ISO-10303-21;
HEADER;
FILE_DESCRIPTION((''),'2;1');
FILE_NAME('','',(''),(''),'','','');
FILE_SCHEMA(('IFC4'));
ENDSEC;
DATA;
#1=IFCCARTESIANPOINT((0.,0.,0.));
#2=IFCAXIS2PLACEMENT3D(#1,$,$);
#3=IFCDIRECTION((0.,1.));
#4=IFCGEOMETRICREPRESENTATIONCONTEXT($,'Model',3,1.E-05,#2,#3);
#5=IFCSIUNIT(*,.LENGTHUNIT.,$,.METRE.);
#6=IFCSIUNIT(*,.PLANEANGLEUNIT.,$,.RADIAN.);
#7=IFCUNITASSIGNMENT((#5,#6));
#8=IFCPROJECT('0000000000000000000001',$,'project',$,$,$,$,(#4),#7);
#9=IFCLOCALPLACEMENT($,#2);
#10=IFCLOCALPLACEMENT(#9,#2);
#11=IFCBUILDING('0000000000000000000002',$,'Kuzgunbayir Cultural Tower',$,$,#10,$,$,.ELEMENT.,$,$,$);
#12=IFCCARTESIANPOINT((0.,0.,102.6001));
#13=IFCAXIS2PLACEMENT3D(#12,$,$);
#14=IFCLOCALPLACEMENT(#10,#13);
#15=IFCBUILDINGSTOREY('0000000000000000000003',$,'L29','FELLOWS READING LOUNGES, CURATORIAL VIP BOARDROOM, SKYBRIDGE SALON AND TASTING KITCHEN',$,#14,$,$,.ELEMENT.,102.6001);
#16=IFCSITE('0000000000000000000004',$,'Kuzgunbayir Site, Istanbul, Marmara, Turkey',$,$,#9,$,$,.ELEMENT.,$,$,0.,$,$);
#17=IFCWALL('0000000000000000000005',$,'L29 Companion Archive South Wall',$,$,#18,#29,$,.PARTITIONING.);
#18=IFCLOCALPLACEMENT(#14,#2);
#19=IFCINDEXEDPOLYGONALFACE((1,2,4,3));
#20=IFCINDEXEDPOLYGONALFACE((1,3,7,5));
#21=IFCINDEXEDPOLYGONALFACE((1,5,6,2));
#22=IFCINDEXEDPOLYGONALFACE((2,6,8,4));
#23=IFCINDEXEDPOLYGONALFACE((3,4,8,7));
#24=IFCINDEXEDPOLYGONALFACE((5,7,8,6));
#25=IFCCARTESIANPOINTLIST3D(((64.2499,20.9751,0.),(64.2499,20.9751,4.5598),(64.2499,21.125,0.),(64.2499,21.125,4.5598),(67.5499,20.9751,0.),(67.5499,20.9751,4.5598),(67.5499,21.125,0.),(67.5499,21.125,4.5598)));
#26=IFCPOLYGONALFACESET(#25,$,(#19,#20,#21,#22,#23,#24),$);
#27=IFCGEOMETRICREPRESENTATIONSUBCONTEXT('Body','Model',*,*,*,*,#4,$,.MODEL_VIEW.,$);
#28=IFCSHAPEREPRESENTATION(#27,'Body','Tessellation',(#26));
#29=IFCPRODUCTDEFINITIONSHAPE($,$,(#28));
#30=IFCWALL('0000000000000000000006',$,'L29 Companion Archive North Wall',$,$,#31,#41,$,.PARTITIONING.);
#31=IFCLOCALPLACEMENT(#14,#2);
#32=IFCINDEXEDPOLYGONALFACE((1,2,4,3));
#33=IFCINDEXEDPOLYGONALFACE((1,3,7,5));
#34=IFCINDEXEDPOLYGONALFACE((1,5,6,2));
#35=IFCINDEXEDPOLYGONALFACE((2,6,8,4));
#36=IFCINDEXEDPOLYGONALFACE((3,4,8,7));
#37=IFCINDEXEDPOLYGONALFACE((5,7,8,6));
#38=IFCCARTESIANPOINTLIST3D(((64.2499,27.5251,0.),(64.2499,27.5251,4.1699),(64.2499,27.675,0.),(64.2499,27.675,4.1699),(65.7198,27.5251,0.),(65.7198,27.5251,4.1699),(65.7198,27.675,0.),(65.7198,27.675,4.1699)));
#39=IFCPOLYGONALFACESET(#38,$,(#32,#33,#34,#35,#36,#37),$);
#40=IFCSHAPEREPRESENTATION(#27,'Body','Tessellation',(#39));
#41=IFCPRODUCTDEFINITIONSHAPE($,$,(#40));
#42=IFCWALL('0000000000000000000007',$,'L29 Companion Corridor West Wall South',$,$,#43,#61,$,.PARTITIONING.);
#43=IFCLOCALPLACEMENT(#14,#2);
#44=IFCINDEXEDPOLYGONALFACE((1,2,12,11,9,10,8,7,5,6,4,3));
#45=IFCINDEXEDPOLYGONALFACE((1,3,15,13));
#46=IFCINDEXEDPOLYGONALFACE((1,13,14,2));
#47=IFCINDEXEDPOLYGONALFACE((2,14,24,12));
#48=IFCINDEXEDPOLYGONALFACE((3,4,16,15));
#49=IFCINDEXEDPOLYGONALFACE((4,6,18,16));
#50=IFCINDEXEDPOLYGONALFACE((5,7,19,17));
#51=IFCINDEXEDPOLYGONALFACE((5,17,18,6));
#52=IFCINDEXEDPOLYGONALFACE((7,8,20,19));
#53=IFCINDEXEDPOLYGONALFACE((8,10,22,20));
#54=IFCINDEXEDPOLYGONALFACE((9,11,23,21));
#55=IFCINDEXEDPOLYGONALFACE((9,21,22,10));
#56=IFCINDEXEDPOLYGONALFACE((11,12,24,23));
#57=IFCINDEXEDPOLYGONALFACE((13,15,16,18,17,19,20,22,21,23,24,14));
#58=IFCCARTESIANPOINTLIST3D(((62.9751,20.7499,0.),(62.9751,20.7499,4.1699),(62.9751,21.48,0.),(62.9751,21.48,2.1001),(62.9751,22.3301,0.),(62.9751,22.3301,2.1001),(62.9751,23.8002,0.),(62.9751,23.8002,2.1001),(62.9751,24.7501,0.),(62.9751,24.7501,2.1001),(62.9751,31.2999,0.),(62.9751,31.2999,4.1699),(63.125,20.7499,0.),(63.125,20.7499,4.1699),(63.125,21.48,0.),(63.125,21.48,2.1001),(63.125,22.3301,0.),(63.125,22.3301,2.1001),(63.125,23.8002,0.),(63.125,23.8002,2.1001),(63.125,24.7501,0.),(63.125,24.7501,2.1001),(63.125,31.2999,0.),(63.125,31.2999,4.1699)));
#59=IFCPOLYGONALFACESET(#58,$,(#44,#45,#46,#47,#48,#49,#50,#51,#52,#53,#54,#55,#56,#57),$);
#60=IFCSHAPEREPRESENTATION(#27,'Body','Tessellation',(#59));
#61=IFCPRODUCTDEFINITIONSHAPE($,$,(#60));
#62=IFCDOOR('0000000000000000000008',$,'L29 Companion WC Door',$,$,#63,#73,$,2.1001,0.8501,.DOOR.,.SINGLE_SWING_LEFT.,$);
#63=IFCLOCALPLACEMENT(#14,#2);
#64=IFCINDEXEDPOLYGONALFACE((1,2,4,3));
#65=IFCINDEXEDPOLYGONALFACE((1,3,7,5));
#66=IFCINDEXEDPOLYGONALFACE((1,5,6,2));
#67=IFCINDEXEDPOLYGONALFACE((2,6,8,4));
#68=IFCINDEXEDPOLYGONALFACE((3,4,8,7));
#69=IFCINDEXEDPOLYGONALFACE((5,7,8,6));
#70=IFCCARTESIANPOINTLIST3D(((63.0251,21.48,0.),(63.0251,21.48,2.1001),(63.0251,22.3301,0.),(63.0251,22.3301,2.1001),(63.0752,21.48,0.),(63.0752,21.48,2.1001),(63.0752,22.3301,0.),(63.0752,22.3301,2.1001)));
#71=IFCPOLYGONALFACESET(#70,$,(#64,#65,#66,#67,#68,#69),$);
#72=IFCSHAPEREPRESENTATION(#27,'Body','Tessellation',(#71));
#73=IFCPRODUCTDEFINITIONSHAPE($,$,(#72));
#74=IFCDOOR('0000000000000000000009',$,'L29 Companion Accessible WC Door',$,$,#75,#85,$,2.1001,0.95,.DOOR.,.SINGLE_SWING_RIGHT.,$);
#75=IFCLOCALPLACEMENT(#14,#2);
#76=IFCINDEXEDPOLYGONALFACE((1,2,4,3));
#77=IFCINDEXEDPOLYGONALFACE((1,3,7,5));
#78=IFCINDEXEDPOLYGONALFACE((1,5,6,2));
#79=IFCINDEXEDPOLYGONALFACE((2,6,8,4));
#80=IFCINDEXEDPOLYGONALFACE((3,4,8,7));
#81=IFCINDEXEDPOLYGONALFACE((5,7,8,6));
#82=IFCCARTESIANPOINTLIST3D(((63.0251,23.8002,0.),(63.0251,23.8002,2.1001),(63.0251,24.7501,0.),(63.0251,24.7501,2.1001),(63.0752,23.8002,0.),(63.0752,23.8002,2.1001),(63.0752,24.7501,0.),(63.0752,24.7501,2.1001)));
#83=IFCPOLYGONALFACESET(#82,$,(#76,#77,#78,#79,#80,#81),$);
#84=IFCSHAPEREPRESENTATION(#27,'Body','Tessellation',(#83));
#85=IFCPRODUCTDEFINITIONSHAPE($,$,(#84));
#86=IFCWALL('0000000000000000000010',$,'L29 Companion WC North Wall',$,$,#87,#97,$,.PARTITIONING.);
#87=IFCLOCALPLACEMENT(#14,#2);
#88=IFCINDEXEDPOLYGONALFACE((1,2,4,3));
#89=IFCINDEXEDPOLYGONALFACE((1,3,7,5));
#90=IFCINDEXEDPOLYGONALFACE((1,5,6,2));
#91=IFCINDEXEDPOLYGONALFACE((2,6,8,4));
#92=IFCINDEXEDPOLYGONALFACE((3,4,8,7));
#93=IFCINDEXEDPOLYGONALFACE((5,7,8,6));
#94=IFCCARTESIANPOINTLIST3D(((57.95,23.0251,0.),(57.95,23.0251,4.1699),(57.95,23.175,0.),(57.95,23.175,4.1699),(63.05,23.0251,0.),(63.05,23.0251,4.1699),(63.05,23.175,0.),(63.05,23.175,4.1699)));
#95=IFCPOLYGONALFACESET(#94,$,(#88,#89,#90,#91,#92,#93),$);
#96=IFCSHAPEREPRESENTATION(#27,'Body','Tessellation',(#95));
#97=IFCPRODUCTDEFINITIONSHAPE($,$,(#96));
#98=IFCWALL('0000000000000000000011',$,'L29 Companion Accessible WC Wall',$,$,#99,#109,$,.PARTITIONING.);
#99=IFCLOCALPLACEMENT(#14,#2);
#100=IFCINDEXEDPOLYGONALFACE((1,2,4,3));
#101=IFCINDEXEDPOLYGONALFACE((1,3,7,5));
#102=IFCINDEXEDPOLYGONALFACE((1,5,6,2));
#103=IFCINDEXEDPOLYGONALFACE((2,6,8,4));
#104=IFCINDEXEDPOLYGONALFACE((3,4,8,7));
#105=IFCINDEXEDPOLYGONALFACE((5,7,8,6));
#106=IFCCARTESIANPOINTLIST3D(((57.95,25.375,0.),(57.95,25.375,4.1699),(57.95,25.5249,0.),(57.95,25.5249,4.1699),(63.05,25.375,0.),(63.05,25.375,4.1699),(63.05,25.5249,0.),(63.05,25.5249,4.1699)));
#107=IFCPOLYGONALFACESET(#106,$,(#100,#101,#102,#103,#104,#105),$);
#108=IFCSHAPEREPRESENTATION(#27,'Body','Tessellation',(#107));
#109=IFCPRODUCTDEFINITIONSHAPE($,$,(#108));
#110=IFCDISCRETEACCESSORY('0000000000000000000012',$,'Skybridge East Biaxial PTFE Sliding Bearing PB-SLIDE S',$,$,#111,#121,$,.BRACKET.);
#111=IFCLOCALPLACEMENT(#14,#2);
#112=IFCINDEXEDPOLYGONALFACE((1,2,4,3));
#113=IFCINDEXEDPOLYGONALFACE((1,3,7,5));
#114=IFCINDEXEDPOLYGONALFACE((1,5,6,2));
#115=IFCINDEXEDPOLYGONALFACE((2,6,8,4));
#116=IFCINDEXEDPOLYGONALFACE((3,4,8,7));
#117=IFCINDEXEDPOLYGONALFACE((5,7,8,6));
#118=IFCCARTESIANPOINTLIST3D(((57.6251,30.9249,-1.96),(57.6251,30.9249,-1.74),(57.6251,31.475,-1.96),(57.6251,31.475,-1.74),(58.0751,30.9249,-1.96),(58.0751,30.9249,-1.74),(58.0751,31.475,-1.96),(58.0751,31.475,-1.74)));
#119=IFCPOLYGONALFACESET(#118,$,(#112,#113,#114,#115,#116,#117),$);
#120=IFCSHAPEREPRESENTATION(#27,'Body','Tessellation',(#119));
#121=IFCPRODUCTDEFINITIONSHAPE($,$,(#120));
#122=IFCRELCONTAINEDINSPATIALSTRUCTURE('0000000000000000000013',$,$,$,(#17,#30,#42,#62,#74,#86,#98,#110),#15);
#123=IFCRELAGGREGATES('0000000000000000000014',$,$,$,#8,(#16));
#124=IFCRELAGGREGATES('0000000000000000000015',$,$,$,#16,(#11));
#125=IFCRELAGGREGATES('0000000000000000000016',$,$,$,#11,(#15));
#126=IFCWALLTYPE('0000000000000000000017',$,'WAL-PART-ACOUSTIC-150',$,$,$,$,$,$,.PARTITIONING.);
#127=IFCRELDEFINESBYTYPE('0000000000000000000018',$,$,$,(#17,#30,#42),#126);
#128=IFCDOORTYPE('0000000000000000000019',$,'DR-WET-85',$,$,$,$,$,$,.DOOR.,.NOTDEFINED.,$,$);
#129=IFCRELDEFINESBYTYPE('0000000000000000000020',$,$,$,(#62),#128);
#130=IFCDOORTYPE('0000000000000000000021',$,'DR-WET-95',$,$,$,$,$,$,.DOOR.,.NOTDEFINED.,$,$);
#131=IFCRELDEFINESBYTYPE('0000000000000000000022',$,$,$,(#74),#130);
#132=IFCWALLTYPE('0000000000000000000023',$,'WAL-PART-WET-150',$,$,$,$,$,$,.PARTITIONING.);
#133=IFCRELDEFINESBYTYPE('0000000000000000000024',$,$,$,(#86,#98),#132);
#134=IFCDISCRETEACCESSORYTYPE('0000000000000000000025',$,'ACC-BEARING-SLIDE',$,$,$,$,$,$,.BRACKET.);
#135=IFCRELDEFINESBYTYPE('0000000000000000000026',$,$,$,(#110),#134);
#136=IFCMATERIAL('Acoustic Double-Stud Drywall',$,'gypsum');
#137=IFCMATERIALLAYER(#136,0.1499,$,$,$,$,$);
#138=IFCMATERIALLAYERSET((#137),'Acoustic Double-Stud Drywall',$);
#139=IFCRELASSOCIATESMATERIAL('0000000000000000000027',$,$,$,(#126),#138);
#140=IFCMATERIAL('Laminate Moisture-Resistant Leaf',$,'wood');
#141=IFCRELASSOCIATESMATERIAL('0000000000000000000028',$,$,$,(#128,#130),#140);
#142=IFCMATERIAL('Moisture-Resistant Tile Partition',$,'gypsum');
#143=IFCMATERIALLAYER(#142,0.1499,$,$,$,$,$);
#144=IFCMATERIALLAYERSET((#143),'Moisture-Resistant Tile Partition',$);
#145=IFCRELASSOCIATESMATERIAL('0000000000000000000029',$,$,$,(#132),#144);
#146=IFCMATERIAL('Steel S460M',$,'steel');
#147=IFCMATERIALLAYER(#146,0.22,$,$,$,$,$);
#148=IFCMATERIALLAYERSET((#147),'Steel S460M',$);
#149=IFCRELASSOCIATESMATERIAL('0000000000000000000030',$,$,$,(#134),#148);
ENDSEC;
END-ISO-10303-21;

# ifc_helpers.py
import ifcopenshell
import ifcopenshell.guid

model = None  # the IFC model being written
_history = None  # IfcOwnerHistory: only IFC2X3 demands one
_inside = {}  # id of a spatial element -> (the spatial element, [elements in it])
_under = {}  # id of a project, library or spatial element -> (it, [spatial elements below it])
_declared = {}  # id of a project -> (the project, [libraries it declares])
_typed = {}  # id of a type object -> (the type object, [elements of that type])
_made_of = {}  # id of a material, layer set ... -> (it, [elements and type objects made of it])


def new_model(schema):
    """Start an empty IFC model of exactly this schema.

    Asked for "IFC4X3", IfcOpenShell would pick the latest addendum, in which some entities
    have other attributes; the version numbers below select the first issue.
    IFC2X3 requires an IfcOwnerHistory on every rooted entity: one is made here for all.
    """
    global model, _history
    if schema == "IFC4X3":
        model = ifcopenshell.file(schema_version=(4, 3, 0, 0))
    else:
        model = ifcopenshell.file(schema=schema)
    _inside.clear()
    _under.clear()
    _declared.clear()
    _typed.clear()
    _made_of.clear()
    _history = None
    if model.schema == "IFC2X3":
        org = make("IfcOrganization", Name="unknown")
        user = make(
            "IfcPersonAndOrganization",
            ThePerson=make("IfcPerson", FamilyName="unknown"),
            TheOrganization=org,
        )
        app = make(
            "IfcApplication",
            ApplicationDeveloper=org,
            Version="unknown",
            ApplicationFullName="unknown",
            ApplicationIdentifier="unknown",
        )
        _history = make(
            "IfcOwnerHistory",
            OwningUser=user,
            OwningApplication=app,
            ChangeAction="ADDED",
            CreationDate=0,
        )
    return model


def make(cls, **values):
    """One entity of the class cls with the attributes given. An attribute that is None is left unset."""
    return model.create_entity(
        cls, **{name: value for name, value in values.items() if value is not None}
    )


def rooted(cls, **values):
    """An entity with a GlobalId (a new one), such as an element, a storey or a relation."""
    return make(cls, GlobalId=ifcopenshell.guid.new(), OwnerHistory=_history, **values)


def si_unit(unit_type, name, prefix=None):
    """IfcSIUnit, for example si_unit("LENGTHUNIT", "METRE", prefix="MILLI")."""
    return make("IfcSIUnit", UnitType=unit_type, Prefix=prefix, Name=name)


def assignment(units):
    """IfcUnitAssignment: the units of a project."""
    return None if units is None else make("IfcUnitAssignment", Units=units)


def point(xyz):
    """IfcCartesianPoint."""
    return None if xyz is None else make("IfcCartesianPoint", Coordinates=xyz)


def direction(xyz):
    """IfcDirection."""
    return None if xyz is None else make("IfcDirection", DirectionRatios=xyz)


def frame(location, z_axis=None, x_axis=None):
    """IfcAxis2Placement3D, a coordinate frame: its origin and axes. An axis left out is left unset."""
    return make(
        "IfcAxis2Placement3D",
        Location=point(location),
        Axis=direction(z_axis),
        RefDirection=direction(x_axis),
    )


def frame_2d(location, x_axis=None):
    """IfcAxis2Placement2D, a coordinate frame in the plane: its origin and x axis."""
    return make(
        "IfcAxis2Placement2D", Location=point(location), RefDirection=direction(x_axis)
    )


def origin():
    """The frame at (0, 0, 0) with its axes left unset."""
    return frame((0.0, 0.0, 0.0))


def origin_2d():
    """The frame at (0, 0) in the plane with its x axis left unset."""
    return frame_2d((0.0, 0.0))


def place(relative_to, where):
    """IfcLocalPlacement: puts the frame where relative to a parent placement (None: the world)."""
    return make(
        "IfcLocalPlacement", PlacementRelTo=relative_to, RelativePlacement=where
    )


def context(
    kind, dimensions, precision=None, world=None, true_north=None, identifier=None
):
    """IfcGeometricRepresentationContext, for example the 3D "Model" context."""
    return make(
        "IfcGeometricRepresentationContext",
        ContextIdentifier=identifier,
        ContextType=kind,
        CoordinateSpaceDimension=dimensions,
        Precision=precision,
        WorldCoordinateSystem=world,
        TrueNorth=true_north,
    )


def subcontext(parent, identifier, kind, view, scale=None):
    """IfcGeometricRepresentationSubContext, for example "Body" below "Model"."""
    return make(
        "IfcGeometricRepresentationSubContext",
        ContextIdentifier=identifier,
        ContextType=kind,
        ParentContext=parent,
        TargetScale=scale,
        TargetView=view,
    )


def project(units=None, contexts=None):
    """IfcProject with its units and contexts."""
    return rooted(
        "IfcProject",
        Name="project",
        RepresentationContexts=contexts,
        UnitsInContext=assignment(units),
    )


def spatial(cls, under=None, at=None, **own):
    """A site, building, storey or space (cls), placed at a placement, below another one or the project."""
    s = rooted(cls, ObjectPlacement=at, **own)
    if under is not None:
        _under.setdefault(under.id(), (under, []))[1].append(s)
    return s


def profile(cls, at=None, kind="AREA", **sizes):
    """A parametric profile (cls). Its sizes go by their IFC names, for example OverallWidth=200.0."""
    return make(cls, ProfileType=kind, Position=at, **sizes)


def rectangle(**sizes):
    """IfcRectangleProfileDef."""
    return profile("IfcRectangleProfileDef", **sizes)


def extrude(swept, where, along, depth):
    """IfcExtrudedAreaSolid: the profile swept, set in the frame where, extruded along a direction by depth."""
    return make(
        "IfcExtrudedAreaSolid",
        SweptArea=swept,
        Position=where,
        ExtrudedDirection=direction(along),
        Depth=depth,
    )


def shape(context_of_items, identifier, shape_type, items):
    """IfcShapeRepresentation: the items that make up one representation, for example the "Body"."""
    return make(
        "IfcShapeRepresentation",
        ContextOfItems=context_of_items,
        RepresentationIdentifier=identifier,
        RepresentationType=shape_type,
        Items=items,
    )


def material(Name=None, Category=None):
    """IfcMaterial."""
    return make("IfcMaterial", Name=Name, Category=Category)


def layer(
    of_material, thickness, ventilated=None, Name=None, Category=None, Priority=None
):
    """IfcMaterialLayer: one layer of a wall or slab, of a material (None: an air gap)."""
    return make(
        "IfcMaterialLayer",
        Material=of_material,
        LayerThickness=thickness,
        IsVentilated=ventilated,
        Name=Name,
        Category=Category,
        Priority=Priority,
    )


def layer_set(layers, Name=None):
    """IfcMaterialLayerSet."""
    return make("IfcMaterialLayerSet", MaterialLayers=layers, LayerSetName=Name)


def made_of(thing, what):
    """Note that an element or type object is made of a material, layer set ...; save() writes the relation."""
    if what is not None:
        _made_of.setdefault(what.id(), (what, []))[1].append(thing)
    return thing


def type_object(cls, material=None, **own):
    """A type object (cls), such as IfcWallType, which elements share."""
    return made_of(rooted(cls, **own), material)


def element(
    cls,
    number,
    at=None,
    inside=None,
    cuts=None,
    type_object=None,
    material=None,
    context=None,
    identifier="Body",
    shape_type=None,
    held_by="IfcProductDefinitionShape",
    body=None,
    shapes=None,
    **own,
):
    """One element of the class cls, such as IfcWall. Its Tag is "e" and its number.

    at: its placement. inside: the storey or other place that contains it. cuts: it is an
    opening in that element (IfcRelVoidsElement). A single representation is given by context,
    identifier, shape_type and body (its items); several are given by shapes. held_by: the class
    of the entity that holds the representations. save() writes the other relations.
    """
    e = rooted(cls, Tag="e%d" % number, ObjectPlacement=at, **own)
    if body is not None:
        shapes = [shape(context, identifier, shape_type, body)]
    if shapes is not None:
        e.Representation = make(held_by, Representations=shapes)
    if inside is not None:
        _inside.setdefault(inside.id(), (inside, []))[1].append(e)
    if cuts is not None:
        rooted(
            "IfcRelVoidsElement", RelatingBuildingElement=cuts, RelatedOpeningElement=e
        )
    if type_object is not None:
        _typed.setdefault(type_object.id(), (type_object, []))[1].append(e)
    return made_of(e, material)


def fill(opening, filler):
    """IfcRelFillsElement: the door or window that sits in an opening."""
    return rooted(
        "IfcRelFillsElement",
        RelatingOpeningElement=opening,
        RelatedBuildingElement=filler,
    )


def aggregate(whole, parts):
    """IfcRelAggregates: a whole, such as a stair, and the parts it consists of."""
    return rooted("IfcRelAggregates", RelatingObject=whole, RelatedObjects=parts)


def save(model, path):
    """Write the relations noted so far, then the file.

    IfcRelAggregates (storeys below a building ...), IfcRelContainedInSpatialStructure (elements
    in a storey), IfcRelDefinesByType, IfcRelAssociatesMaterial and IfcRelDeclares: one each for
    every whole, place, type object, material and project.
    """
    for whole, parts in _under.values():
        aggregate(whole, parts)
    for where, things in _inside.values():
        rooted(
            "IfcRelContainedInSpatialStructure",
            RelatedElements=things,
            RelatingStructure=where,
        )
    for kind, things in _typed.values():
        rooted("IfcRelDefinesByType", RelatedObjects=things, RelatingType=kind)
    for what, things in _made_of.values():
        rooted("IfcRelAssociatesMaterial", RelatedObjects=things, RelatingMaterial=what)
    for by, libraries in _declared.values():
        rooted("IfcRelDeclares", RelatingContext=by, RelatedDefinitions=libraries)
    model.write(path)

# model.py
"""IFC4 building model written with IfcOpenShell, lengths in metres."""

from ifc_helpers import new_model, si_unit, direction, frame, frame_2d, origin, origin_2d, place, context, subcontext, project, spatial, rectangle, extrude, material, layer, layer_set, type_object, element, fill, save


model = new_model("IFC4")

# Units and contexts
model_context = context("Model", 3, precision=1e-05, world=origin(), true_north=direction((0.0, 1.0)))
body_context = subcontext(model_context, "Body", "Model", "MODEL_VIEW")
ifc_project = project(units=[si_unit("LENGTHUNIT", "METRE"), si_unit("PLANEANGLEUNIT", "RADIAN")], contexts=[model_context])

# Site, building, storey
site_placement = place(None, origin())
site = spatial("IfcSite", under=ifc_project, at=site_placement, Name="Kuzgunbayir Site, Istanbul, Marmara, Turkey", CompositionType="ELEMENT", RefElevation=0.0)
building_placement = place(site_placement, origin())
building = spatial("IfcBuilding", under=site, at=building_placement, Name="Kuzgunbayir Cultural Tower", CompositionType="ELEMENT")
storey_placement = place(building_placement, frame((0.0, 0.0, 102.6001)))
storey = spatial("IfcBuildingStorey", under=building, at=storey_placement, Name="L29", Description="FELLOWS READING LOUNGES, CURATORIAL VIP BOARDROOM, SKYBRIDGE SALON AND TASTING KITCHEN", CompositionType="ELEMENT", Elevation=102.6001)

# Shared definitions
ifc_material_1 = material(Name="Steel S460M", Category="steel")

# Shared definitions
ifc_material_2 = material(Name="Acoustic Double-Stud Drywall", Category="gypsum")
ifc_layer_1 = layer(ifc_material_2, 0.1499)
ifc_layer_set_1 = layer_set([ifc_layer_1], Name="Acoustic Double-Stud Drywall")
wall_type_1 = type_object("IfcWallType", Name="WAL-PART-ACOUSTIC-150", PredefinedType="PARTITIONING", material=ifc_layer_set_1)

# Walls
wall_1_placement = place(storey_placement, frame((64.25, 21.05, 0.0), z_axis=(0.0, 0.0, 1.0), x_axis=(1.0, 0.0, 0.0)))
element("IfcWall", 1, at=wall_1_placement, inside=storey, type_object=wall_type_1, Name="L29 Companion Archive South Wall", PredefinedType="PARTITIONING", context=body_context, shape_type="SweptSolid", body=[
    extrude(rectangle(XDim=3.3, YDim=0.1499, at=frame_2d((1.6499, 0.0))), origin(), (0.0, 0.0, 1.0), 4.5598),
])
wall_2_placement = place(storey_placement, frame((64.25, 27.6001, 0.0), z_axis=(0.0, 0.0, 1.0), x_axis=(1.0, 0.0, 0.0)))
element("IfcWall", 2, at=wall_2_placement, inside=storey, type_object=wall_type_1, Name="L29 Companion Archive North Wall", PredefinedType="PARTITIONING", context=body_context, shape_type="SweptSolid", body=[
    extrude(rectangle(XDim=1.47, YDim=0.1499, at=frame_2d((0.7349, 0.0))), origin(), (0.0, 0.0, 1.0), 4.1699),
])

# Wall, openings, doors
wall_3_placement = place(storey_placement, frame((63.05, 20.75, 0.0), z_axis=(0.0, 0.0, 1.0), x_axis=(0.0, 1.0, 0.0)))
wall_3 = element("IfcWall", 3, at=wall_3_placement, inside=storey, type_object=wall_type_1, Name="L29 Companion Corridor West Wall South", PredefinedType="PARTITIONING", context=body_context, shape_type="SweptSolid", body=[
    extrude(rectangle(XDim=10.55, YDim=0.1499, at=frame_2d((5.2749, 0.0))), origin(), (0.0, 0.0, 1.0), 4.1699),
])
opening_1_placement = place(wall_3_placement, frame((0.73, 0.0, 0.0)))
opening_1 = element("IfcOpeningElement", 4, at=opening_1_placement, cuts=wall_3, PredefinedType="OPENING", context=body_context, shape_type="SweptSolid", body=[
    extrude(rectangle(XDim=0.8501, YDim=2.1001, at=frame_2d((0.425, 1.05))), frame((0.0, 0.085, 0.0), z_axis=(0.0, -1.0, 0.0), x_axis=(1.0, 0.0, 0.0)), (0.0, 0.0, 1.0), 0.1699),
])
opening_2_placement = place(wall_3_placement, frame((3.05, 0.0, 0.0)))
opening_2 = element("IfcOpeningElement", 5, at=opening_2_placement, cuts=wall_3, PredefinedType="OPENING", context=body_context, shape_type="SweptSolid", body=[
    extrude(rectangle(XDim=0.95, YDim=2.1001, at=frame_2d((0.4751, 1.05))), frame((0.0, 0.085, 0.0), z_axis=(0.0, -1.0, 0.0), x_axis=(1.0, 0.0, 0.0)), (0.0, 0.0, 1.0), 0.1699),
])
ifc_material_3 = material(Name="Laminate Moisture-Resistant Leaf", Category="wood")
door_type_1 = type_object("IfcDoorType", Name="DR-WET-85", OperationType="NOTDEFINED", PredefinedType="DOOR", material=ifc_material_3)
door_1_placement = place(opening_1_placement, origin())
door_1 = element("IfcDoor", 6, at=door_1_placement, inside=storey, type_object=door_type_1, Name="L29 Companion WC Door", OperationType="SINGLE_SWING_LEFT", OverallHeight=2.1001, OverallWidth=0.8501, PredefinedType="DOOR", context=body_context, shape_type="SweptSolid", body=[
    extrude(rectangle(XDim=0.8501, YDim=2.1001, at=frame_2d((0.425, 1.05))), frame((0.0, 0.0249, 0.0), z_axis=(0.0, -1.0, 0.0), x_axis=(1.0, 0.0, 0.0)), (0.0, 0.0, 1.0), 0.05),
])
fill(opening_1, door_1)
door_type_2 = type_object("IfcDoorType", Name="DR-WET-95", OperationType="NOTDEFINED", PredefinedType="DOOR", material=ifc_material_3)
door_2_placement = place(opening_2_placement, origin())
door_2 = element("IfcDoor", 7, at=door_2_placement, inside=storey, type_object=door_type_2, Name="L29 Companion Accessible WC Door", OperationType="SINGLE_SWING_RIGHT", OverallHeight=2.1001, OverallWidth=0.95, PredefinedType="DOOR", context=body_context, shape_type="SweptSolid", body=[
    extrude(rectangle(XDim=0.95, YDim=2.1001, at=frame_2d((0.4751, 1.05))), frame((0.0, 0.0249, 0.0), z_axis=(0.0, -1.0, 0.0), x_axis=(1.0, 0.0, 0.0)), (0.0, 0.0, 1.0), 0.05),
])
fill(opening_2, door_2)

# Walls
ifc_material_4 = material(Name="Moisture-Resistant Tile Partition", Category="gypsum")
ifc_layer_2 = layer(ifc_material_4, 0.1499)
ifc_layer_set_2 = layer_set([ifc_layer_2], Name="Moisture-Resistant Tile Partition")
wall_type_2 = type_object("IfcWallType", Name="WAL-PART-WET-150", PredefinedType="PARTITIONING", material=ifc_layer_set_2)
for number, where, z_axis, x_axis, name in (
    (8, (57.95, 23.1001, 0.0), (0.0, 0.0, 1.0), (1.0, 0.0, 0.0), "L29 Companion WC North Wall"),
    (9, (57.95, 25.45, 0.0), (0.0, 0.0, 1.0), (1.0, 0.0, 0.0), "L29 Companion Accessible WC Wall"),
):
    element("IfcWall", number, at=place(storey_placement, frame(where, z_axis=z_axis, x_axis=x_axis)), inside=storey, type_object=wall_type_2, Name=name, PredefinedType="PARTITIONING", context=body_context, shape_type="SweptSolid", body=[
        extrude(rectangle(XDim=5.1001, YDim=0.1499, at=frame_2d((2.55, 0.0))), origin(), (0.0, 0.0, 1.0), 4.1699),
    ])

# Discrete accessory
ifc_layer_3 = layer(ifc_material_1, 0.22)
ifc_layer_set_3 = layer_set([ifc_layer_3], Name="Steel S460M")
discrete_accessory_type = type_object("IfcDiscreteAccessoryType", Name="ACC-BEARING-SLIDE", PredefinedType="BRACKET", material=ifc_layer_set_3)
discrete_accessory_placement = place(storey_placement, frame((57.8501, 31.2, -1.96), z_axis=(0.0, 0.0, 1.0), x_axis=(1.0, 0.0, 0.0)))
element("IfcDiscreteAccessory", 10, at=discrete_accessory_placement, inside=storey, type_object=discrete_accessory_type, Name="Skybridge East Biaxial PTFE Sliding Bearing PB-SLIDE S", PredefinedType="BRACKET", context=body_context, shape_type="SweptSolid", body=[
    extrude(rectangle(XDim=0.45, YDim=0.55, at=origin_2d()), origin(), (0.0, 0.0, 1.0), 0.22),
])

save(model, "model.ifc")
